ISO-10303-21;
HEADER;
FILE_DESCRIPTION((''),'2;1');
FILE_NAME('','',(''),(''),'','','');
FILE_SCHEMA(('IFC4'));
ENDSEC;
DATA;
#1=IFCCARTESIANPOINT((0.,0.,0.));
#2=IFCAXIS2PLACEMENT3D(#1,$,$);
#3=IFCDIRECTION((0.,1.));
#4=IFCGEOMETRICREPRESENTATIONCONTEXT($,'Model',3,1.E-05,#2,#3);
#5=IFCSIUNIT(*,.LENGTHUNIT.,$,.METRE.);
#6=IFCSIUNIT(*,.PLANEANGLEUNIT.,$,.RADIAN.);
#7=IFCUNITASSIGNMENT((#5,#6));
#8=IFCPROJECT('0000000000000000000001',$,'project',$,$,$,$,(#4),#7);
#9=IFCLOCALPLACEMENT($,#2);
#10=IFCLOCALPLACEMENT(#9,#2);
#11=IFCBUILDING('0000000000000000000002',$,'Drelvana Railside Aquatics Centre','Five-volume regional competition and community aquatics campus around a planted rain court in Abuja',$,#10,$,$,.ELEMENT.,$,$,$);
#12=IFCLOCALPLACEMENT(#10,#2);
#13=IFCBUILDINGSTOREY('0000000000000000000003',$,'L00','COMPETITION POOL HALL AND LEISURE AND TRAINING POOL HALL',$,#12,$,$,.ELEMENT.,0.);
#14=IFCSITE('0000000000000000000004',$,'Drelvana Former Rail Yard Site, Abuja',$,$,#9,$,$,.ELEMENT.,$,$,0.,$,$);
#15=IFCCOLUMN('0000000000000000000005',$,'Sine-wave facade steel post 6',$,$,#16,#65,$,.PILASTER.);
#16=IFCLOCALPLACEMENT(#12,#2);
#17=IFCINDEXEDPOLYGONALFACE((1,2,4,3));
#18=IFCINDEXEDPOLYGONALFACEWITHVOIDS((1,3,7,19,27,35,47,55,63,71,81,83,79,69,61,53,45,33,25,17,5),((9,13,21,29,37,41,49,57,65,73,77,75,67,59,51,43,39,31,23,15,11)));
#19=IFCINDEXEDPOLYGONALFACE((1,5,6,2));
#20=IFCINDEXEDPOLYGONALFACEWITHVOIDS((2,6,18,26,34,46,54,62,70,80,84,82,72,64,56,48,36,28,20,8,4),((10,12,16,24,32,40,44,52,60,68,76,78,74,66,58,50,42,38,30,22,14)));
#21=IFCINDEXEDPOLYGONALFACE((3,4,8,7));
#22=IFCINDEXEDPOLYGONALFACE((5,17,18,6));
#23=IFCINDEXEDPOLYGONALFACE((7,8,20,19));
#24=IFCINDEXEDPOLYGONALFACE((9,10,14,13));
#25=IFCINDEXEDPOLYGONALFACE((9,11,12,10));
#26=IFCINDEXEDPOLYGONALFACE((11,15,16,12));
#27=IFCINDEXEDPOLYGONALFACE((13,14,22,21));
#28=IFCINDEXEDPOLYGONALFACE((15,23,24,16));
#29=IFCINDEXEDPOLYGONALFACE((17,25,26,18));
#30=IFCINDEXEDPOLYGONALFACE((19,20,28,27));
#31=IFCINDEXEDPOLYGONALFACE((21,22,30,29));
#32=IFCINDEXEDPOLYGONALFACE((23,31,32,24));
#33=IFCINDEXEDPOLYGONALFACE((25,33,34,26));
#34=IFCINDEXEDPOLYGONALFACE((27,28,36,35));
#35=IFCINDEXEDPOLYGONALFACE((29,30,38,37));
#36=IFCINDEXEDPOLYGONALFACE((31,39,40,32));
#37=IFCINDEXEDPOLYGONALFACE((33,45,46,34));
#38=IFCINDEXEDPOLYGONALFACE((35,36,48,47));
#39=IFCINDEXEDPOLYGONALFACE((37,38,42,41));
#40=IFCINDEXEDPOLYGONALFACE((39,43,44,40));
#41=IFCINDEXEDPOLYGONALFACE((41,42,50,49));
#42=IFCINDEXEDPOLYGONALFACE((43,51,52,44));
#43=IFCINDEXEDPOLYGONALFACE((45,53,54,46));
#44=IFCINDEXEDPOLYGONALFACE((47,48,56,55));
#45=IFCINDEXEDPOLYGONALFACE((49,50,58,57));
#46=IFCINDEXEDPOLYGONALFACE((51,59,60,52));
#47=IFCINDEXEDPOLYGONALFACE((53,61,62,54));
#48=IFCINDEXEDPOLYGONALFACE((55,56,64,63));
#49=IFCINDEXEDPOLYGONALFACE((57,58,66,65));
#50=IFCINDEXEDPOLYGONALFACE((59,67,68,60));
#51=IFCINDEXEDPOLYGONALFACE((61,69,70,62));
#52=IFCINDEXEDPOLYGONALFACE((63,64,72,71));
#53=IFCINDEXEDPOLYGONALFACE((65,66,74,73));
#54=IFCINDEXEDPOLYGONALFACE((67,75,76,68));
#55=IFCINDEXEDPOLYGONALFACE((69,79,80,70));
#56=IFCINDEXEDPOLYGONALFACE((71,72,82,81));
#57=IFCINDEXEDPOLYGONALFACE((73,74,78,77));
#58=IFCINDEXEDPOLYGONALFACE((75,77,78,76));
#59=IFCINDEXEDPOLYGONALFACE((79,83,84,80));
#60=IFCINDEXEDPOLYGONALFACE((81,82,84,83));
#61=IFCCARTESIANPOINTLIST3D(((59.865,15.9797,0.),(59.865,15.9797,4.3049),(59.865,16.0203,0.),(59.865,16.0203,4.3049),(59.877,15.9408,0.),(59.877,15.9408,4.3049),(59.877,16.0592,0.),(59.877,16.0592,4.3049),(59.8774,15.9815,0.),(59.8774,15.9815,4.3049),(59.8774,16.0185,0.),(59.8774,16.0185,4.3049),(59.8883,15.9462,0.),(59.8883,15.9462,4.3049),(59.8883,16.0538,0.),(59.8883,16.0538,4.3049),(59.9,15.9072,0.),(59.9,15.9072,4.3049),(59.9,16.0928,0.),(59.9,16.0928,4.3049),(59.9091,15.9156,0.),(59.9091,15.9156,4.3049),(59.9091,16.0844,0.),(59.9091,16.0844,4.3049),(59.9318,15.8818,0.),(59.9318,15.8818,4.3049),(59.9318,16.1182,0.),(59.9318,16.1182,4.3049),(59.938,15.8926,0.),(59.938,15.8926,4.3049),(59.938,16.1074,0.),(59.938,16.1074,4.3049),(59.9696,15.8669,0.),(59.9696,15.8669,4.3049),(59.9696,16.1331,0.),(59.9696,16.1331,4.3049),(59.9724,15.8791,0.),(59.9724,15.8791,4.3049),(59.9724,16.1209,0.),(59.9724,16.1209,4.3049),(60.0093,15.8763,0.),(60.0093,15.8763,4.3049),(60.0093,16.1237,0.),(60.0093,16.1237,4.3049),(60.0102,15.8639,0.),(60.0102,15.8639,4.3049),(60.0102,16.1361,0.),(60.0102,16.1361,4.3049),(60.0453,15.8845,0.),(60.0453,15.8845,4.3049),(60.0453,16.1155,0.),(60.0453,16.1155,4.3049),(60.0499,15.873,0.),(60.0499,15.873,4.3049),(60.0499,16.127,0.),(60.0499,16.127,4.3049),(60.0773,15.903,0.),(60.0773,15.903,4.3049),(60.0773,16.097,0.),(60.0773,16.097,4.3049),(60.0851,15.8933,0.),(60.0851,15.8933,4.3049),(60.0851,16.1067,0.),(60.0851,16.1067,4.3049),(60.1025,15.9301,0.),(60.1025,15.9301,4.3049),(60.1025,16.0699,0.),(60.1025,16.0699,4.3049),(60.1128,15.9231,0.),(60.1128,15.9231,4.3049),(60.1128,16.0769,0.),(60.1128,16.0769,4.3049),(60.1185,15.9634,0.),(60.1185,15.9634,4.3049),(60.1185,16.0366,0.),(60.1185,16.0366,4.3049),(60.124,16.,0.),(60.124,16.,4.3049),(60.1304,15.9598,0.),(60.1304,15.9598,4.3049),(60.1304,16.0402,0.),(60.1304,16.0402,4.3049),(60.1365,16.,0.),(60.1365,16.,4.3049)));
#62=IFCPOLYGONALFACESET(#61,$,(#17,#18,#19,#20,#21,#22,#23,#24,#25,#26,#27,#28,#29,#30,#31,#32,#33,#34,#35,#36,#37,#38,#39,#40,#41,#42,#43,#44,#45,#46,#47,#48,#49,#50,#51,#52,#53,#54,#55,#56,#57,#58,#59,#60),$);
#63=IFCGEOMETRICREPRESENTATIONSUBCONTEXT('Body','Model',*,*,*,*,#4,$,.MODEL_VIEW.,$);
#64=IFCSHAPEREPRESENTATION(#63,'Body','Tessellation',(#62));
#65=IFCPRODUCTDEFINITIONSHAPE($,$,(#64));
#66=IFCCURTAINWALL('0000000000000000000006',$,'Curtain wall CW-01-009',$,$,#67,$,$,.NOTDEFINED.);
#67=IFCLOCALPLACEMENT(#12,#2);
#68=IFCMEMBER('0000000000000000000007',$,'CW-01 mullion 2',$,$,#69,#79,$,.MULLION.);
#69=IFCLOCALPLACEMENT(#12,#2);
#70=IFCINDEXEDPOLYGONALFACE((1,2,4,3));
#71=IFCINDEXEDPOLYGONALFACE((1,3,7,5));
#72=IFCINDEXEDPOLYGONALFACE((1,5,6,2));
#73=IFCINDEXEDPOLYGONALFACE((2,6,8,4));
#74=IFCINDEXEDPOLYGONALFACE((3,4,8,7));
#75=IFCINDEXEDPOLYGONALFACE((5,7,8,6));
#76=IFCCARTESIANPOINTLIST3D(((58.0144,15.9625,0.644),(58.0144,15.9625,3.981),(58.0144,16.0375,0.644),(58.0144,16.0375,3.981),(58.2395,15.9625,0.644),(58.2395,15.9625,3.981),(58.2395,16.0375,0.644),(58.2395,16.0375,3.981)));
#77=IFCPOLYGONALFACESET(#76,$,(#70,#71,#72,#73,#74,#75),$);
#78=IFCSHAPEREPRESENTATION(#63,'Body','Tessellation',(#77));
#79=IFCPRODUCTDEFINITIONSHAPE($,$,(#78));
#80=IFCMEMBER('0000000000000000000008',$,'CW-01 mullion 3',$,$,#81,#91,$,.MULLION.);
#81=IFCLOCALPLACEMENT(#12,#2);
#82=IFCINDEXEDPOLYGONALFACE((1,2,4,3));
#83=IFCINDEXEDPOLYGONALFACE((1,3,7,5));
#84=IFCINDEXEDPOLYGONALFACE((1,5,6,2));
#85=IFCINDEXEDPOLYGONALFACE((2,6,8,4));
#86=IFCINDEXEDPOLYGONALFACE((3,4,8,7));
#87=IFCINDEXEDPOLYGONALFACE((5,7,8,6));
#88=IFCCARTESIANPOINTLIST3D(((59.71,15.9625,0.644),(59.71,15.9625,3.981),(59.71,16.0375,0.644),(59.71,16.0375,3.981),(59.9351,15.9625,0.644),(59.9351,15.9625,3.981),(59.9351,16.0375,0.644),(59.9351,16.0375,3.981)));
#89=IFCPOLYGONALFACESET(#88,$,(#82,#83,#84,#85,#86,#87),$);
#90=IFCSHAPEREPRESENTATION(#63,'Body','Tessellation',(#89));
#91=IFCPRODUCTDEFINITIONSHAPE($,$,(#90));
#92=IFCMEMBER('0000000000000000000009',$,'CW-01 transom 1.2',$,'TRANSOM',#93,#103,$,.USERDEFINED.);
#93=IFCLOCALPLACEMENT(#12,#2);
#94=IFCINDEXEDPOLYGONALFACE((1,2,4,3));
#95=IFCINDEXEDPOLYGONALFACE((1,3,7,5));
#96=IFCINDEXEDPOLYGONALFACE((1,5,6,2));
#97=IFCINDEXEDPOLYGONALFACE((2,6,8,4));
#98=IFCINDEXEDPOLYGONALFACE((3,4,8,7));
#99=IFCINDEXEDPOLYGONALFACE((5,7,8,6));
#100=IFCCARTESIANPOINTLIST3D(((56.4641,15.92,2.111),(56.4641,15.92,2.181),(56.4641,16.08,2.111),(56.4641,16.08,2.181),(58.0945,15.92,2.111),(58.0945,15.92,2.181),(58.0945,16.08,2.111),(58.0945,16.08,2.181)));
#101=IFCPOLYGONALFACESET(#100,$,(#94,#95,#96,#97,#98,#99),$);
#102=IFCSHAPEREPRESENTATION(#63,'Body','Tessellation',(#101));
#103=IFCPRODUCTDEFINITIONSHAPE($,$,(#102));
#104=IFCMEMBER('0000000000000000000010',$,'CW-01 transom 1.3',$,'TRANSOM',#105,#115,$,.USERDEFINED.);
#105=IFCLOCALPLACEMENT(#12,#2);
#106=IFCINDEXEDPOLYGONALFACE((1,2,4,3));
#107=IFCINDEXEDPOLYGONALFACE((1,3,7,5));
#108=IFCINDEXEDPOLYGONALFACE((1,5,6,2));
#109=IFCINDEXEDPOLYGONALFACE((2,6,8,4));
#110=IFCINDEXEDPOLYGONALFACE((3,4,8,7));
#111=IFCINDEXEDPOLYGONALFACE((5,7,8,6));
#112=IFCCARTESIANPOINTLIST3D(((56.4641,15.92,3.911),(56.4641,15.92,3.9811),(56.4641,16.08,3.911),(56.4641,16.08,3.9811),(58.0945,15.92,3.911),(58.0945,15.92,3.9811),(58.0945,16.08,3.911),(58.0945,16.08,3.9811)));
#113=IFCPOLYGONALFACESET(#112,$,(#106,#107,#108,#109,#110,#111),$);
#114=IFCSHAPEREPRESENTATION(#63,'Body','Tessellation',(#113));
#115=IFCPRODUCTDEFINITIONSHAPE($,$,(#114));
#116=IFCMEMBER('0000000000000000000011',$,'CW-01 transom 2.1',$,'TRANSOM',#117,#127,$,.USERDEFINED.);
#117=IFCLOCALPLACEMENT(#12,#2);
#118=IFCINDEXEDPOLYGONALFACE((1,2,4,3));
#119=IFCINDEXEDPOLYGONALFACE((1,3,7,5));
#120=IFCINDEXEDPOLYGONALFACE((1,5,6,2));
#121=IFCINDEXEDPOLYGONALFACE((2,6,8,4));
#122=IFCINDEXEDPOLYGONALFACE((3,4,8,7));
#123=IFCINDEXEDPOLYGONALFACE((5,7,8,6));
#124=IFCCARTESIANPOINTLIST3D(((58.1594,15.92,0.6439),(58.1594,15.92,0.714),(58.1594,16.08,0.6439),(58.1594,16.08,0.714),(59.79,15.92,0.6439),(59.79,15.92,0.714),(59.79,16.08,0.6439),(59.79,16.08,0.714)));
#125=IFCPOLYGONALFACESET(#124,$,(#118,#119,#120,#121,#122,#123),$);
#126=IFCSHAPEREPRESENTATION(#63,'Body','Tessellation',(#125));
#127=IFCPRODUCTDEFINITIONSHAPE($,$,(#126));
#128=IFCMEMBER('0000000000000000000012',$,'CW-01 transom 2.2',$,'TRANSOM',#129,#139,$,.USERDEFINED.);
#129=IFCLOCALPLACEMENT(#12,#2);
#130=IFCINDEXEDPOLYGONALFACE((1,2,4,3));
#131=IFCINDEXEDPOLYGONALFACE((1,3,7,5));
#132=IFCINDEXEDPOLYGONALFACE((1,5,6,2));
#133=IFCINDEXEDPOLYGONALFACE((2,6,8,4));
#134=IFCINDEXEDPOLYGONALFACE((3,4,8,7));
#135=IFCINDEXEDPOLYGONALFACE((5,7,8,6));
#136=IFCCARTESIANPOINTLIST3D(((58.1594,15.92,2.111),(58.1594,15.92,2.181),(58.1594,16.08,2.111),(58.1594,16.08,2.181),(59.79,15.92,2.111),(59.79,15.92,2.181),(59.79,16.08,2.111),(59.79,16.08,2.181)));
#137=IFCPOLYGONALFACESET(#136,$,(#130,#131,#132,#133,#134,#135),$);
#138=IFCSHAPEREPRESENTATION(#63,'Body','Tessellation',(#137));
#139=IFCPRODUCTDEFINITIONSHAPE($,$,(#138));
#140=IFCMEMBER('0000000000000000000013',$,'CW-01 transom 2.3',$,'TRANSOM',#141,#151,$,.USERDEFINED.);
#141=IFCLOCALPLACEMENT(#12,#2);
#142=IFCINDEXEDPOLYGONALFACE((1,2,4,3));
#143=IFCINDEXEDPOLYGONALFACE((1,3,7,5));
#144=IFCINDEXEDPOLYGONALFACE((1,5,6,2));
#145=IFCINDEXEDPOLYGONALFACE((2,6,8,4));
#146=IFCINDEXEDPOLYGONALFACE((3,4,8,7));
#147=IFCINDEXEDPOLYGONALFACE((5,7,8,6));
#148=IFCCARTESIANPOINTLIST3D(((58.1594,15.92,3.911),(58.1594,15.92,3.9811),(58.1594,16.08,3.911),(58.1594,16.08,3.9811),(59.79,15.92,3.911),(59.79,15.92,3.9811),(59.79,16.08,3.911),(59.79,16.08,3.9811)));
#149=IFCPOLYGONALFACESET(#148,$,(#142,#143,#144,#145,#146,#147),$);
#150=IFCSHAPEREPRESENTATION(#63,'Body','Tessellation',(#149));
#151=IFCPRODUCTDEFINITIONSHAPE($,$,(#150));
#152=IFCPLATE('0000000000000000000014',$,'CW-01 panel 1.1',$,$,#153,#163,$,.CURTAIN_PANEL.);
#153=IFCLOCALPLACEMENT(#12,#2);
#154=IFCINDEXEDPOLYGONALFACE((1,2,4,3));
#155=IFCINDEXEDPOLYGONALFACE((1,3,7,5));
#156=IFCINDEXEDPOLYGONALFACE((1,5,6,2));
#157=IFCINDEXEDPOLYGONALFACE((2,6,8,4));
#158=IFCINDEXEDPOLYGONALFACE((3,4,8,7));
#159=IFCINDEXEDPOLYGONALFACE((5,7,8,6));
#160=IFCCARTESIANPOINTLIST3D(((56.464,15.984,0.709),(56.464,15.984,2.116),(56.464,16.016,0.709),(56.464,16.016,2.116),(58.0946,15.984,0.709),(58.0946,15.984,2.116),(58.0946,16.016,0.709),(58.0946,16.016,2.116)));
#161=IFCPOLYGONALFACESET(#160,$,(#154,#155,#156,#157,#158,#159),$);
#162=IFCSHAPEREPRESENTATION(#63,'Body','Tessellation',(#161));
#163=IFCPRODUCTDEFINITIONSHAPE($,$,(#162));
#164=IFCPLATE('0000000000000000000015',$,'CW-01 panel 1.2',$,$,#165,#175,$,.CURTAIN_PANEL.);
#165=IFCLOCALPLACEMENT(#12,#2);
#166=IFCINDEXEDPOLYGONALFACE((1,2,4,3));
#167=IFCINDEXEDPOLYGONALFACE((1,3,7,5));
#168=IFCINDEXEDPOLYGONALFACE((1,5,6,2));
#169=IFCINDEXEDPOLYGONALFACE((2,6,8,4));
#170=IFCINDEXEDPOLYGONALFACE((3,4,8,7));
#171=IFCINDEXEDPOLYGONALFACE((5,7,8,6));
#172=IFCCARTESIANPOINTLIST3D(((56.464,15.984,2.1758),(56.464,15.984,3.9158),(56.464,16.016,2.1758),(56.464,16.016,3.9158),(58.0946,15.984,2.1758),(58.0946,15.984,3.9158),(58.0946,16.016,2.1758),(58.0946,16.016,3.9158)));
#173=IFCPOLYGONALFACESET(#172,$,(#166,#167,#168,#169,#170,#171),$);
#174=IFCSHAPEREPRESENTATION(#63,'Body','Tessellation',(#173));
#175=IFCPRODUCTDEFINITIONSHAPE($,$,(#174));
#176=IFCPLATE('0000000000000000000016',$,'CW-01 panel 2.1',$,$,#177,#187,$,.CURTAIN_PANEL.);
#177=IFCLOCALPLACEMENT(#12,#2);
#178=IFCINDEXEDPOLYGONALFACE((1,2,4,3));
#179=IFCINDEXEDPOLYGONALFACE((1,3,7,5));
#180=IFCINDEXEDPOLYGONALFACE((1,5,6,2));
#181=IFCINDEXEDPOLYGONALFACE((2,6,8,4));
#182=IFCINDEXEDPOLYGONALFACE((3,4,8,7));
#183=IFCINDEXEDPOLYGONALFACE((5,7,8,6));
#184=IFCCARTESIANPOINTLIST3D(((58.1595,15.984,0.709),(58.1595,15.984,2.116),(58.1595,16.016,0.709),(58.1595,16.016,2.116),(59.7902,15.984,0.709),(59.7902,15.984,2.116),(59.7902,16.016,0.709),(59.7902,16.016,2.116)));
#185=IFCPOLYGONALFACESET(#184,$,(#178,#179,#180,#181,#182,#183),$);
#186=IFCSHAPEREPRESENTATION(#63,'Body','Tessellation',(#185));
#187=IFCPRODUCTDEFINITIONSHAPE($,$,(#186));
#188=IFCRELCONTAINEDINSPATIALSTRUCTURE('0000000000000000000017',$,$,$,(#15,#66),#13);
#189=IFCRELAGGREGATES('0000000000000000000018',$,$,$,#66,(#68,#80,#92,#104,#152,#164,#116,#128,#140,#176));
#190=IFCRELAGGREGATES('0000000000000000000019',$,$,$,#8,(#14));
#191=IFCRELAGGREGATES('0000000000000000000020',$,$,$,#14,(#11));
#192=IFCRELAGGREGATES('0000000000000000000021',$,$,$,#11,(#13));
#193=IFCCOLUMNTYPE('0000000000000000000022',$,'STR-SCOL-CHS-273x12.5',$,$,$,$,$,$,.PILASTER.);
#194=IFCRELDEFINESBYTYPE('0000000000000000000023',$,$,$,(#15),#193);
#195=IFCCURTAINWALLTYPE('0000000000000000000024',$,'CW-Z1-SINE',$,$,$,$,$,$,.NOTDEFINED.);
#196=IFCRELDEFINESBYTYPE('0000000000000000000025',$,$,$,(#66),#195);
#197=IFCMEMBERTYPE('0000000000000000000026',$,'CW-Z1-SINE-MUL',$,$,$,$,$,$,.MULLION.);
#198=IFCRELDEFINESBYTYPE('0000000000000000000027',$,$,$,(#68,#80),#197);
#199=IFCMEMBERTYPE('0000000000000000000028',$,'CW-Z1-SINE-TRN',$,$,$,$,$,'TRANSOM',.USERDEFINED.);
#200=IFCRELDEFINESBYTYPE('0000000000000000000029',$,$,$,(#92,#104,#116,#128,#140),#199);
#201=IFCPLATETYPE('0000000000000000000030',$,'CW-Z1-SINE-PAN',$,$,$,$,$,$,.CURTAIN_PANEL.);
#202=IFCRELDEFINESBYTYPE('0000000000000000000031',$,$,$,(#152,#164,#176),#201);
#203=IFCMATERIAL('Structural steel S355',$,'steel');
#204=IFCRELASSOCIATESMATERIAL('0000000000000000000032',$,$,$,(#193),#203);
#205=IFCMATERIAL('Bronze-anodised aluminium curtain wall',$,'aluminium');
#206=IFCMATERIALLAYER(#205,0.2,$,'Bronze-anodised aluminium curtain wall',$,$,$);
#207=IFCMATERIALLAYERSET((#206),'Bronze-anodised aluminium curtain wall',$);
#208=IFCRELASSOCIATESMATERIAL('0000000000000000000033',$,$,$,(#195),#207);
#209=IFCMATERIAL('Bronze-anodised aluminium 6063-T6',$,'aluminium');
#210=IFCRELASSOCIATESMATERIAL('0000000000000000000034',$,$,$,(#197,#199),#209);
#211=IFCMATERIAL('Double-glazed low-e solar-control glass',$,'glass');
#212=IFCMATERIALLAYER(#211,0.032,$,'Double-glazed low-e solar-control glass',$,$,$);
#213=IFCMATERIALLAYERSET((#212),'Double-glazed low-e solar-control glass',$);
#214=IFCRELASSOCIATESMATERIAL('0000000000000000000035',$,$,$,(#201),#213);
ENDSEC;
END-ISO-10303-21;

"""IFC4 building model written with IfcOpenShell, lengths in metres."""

from ifc_helpers import new_model, si_unit, direction, frame, origin, origin_2d, place, context, subcontext, project, spatial, rectangle, hollow_circle, extrude, material, layer, layer_set, material_profile, profile_set, type_object, element, aggregate, save


model = new_model("IFC4")

# Units and contexts
model_context = context("Model", 3, precision=1e-05, world=origin(), true_north=direction((0.0, 1.0)))
body_context = subcontext(model_context, "Body", "Model", "MODEL_VIEW")
ifc_project = project(units=[si_unit("LENGTHUNIT", "METRE"), si_unit("PLANEANGLEUNIT", "RADIAN")], contexts=[model_context])

# Site, building, storey
site_placement = place(None, origin())
site = spatial("IfcSite", under=ifc_project, at=site_placement, Name="Drelvana Former Rail Yard Site, Abuja", CompositionType="ELEMENT", RefElevation=0.0)
building_placement = place(site_placement, origin())
building = spatial("IfcBuilding", under=site, at=building_placement, Name="Drelvana Railside Aquatics Centre", Description="Five-volume regional competition and community aquatics campus around a planted rain court in Abuja", CompositionType="ELEMENT")
storey_placement = place(building_placement, origin())
storey = spatial("IfcBuildingStorey", under=building, at=storey_placement, Name="L00", Description="COMPETITION POOL HALL AND LEISURE AND TRAINING POOL HALL", CompositionType="ELEMENT", Elevation=0.0)

# Column
ifc_material_1 = material(Name="Structural steel S355", Category="steel")
ifc_material_profile_1 = material_profile(ifc_material_1, hollow_circle(Radius=0.1365, WallThickness=0.0125, at=origin_2d()), Name="CHS 273x12.5")
ifc_profile_set_1 = profile_set([ifc_material_profile_1], Name="Structural steel S355")
column_type = type_object("IfcColumnType", Name="STR-SCOL-CHS-273x12.5", PredefinedType="PILASTER", material=ifc_profile_set_1)
column_placement = place(storey_placement, frame((60.0, 16.0, 0.0), z_axis=(0.0, 0.0, 1.0), x_axis=(1.0, 0.0, 0.0)))
element("IfcColumn", 1, at=column_placement, inside=storey, type_object=column_type, Name="Sine-wave facade steel post 6", PredefinedType="PILASTER", context=body_context, shape_type="SweptSolid", body=[
    extrude(hollow_circle(Radius=0.1365, WallThickness=0.0125, at=origin_2d()), origin(), (0.0, 0.0, 1.0), 4.3049),
])

# Curtain wall, members, plates
ifc_material_2 = material(Name="Bronze-anodised aluminium curtain wall", Category="aluminium")
ifc_layer_1 = layer(ifc_material_2, 0.2, Name="Bronze-anodised aluminium curtain wall")
ifc_layer_set_1 = layer_set([ifc_layer_1], Name="Bronze-anodised aluminium curtain wall")
curtain_wall_type = type_object("IfcCurtainWallType", Name="CW-Z1-SINE", PredefinedType="NOTDEFINED", material=ifc_layer_set_1)
curtain_wall_placement = place(storey_placement, origin())
curtain_wall = element("IfcCurtainWall", 2, at=curtain_wall_placement, inside=storey, type_object=curtain_wall_type, Name="Curtain wall CW-01-009", PredefinedType="NOTDEFINED")
ifc_material_3 = material(Name="Bronze-anodised aluminium 6063-T6", Category="aluminium")
ifc_material_profile_2 = material_profile(ifc_material_3, rectangle(XDim=0.075, YDim=0.2251, at=origin_2d()), Name="ALU-M 75x225")
ifc_profile_set_2 = profile_set([ifc_material_profile_2], Name="Bronze-anodised aluminium 6063-T6")
member_type_1 = type_object("IfcMemberType", Name="CW-Z1-SINE-MUL", PredefinedType="MULLION", material=ifc_profile_set_2)
member_1_placement = place(storey_placement, frame((58.127, 16.0, 0.644), z_axis=(0.0, 0.0, 1.0), x_axis=(0.0, 1.0, 0.0)))
member_1 = element("IfcMember", 3, at=member_1_placement, type_object=member_type_1, Name="CW-01 mullion 2", PredefinedType="MULLION", context=body_context, shape_type="SweptSolid", body=[
    extrude(rectangle(XDim=0.075, YDim=0.2251, at=origin_2d()), origin(), (0.0, 0.0, 1.0), 3.3369),
])
member_2_placement = place(storey_placement, frame((59.8225, 16.0, 0.644), z_axis=(0.0, 0.0, 1.0), x_axis=(0.0, 1.0, 0.0)))
member_2 = element("IfcMember", 4, at=member_2_placement, type_object=member_type_1, Name="CW-01 mullion 3", PredefinedType="MULLION", context=body_context, shape_type="SweptSolid", body=[
    extrude(rectangle(XDim=0.075, YDim=0.2251, at=origin_2d()), origin(), (0.0, 0.0, 1.0), 3.3369),
])
ifc_material_profile_3 = material_profile(ifc_material_3, rectangle(XDim=0.1599, YDim=0.0701, at=origin_2d()), Name="ALU-T 70x160")
ifc_profile_set_3 = profile_set([ifc_material_profile_3], Name="Bronze-anodised aluminium 6063-T6")
member_type_2 = type_object("IfcMemberType", Name="CW-Z1-SINE-TRN", ElementType="TRANSOM", PredefinedType="USERDEFINED", material=ifc_profile_set_3)
member_3_placement = place(storey_placement, frame((56.4641, 16.0, 2.146), z_axis=(1.0, 0.0, 0.0), x_axis=(0.0, 1.0, 0.0)))
member_3 = element("IfcMember", 5, at=member_3_placement, type_object=member_type_2, Name="CW-01 transom 1.2", ObjectType="TRANSOM", PredefinedType="USERDEFINED", context=body_context, shape_type="SweptSolid", body=[
    extrude(rectangle(XDim=0.1599, YDim=0.0701, at=origin_2d()), origin(), (0.0, 0.0, 1.0), 1.6304),
])
member_4_placement = place(storey_placement, frame((56.4641, 16.0, 3.946), z_axis=(1.0, 0.0, 0.0), x_axis=(0.0, 1.0, 0.0)))
member_4 = element("IfcMember", 6, at=member_4_placement, type_object=member_type_2, Name="CW-01 transom 1.3", ObjectType="TRANSOM", PredefinedType="USERDEFINED", context=body_context, shape_type="SweptSolid", body=[
    extrude(rectangle(XDim=0.1599, YDim=0.0701, at=origin_2d()), origin(), (0.0, 0.0, 1.0), 1.6304),
])
member_5_placement = place(storey_placement, frame((58.1594, 16.0, 0.679), z_axis=(1.0, 0.0, 0.0), x_axis=(0.0, 1.0, 0.0)))
member_5 = element("IfcMember", 7, at=member_5_placement, type_object=member_type_2, Name="CW-01 transom 2.1", ObjectType="TRANSOM", PredefinedType="USERDEFINED", context=body_context, shape_type="SweptSolid", body=[
    extrude(rectangle(XDim=0.1599, YDim=0.0701, at=origin_2d()), origin(), (0.0, 0.0, 1.0), 1.6306),
])
member_6_placement = place(storey_placement, frame((58.1594, 16.0, 2.146), z_axis=(1.0, 0.0, 0.0), x_axis=(0.0, 1.0, 0.0)))
member_6 = element("IfcMember", 8, at=member_6_placement, type_object=member_type_2, Name="CW-01 transom 2.2", ObjectType="TRANSOM", PredefinedType="USERDEFINED", context=body_context, shape_type="SweptSolid", body=[
    extrude(rectangle(XDim=0.1599, YDim=0.0701, at=origin_2d()), origin(), (0.0, 0.0, 1.0), 1.6306),
])
member_7_placement = place(storey_placement, frame((58.1594, 16.0, 3.946), z_axis=(1.0, 0.0, 0.0), x_axis=(0.0, 1.0, 0.0)))
member_7 = element("IfcMember", 9, at=member_7_placement, type_object=member_type_2, Name="CW-01 transom 2.3", ObjectType="TRANSOM", PredefinedType="USERDEFINED", context=body_context, shape_type="SweptSolid", body=[
    extrude(rectangle(XDim=0.1599, YDim=0.0701, at=origin_2d()), origin(), (0.0, 0.0, 1.0), 1.6306),
])
ifc_material_4 = material(Name="Double-glazed low-e solar-control glass", Category="glass")
ifc_layer_2 = layer(ifc_material_4, 0.032, Name="Double-glazed low-e solar-control glass")
ifc_layer_set_2 = layer_set([ifc_layer_2], Name="Double-glazed low-e solar-control glass")
plate_type = type_object("IfcPlateType", Name="CW-Z1-SINE-PAN", PredefinedType="CURTAIN_PANEL", material=ifc_layer_set_2)
plate_1_placement = place(storey_placement, frame((57.2793, 16.0, 0.709), z_axis=(0.0, 0.0, 1.0), x_axis=(1.0, 0.0, 0.0)))
plate_1 = element("IfcPlate", 10, at=plate_1_placement, type_object=plate_type, Name="CW-01 panel 1.1", PredefinedType="CURTAIN_PANEL", context=body_context, shape_type="SweptSolid", body=[
    extrude(rectangle(XDim=1.6306, YDim=0.032, at=origin_2d()), origin(), (0.0, 0.0, 1.0), 1.407),
])
plate_2_placement = place(storey_placement, frame((57.2793, 16.0, 2.1758), z_axis=(0.0, 0.0, 1.0), x_axis=(1.0, 0.0, 0.0)))
plate_2 = element("IfcPlate", 11, at=plate_2_placement, type_object=plate_type, Name="CW-01 panel 1.2", PredefinedType="CURTAIN_PANEL", context=body_context, shape_type="SweptSolid", body=[
    extrude(rectangle(XDim=1.6306, YDim=0.032, at=origin_2d()), origin(), (0.0, 0.0, 1.0), 1.74),
])
plate_3_placement = place(storey_placement, frame((58.9749, 16.0, 0.709), z_axis=(0.0, 0.0, 1.0), x_axis=(1.0, 0.0, 0.0)))
plate_3 = element("IfcPlate", 12, at=plate_3_placement, type_object=plate_type, Name="CW-01 panel 2.1", PredefinedType="CURTAIN_PANEL", context=body_context, shape_type="SweptSolid", body=[
    extrude(rectangle(XDim=1.6306, YDim=0.032, at=origin_2d()), origin(), (0.0, 0.0, 1.0), 1.407),
])
aggregate(curtain_wall, [member_1, member_2, member_3, member_4, plate_1, plate_2, member_5, member_6, member_7, plate_3])

save(model, "model.ifc")
